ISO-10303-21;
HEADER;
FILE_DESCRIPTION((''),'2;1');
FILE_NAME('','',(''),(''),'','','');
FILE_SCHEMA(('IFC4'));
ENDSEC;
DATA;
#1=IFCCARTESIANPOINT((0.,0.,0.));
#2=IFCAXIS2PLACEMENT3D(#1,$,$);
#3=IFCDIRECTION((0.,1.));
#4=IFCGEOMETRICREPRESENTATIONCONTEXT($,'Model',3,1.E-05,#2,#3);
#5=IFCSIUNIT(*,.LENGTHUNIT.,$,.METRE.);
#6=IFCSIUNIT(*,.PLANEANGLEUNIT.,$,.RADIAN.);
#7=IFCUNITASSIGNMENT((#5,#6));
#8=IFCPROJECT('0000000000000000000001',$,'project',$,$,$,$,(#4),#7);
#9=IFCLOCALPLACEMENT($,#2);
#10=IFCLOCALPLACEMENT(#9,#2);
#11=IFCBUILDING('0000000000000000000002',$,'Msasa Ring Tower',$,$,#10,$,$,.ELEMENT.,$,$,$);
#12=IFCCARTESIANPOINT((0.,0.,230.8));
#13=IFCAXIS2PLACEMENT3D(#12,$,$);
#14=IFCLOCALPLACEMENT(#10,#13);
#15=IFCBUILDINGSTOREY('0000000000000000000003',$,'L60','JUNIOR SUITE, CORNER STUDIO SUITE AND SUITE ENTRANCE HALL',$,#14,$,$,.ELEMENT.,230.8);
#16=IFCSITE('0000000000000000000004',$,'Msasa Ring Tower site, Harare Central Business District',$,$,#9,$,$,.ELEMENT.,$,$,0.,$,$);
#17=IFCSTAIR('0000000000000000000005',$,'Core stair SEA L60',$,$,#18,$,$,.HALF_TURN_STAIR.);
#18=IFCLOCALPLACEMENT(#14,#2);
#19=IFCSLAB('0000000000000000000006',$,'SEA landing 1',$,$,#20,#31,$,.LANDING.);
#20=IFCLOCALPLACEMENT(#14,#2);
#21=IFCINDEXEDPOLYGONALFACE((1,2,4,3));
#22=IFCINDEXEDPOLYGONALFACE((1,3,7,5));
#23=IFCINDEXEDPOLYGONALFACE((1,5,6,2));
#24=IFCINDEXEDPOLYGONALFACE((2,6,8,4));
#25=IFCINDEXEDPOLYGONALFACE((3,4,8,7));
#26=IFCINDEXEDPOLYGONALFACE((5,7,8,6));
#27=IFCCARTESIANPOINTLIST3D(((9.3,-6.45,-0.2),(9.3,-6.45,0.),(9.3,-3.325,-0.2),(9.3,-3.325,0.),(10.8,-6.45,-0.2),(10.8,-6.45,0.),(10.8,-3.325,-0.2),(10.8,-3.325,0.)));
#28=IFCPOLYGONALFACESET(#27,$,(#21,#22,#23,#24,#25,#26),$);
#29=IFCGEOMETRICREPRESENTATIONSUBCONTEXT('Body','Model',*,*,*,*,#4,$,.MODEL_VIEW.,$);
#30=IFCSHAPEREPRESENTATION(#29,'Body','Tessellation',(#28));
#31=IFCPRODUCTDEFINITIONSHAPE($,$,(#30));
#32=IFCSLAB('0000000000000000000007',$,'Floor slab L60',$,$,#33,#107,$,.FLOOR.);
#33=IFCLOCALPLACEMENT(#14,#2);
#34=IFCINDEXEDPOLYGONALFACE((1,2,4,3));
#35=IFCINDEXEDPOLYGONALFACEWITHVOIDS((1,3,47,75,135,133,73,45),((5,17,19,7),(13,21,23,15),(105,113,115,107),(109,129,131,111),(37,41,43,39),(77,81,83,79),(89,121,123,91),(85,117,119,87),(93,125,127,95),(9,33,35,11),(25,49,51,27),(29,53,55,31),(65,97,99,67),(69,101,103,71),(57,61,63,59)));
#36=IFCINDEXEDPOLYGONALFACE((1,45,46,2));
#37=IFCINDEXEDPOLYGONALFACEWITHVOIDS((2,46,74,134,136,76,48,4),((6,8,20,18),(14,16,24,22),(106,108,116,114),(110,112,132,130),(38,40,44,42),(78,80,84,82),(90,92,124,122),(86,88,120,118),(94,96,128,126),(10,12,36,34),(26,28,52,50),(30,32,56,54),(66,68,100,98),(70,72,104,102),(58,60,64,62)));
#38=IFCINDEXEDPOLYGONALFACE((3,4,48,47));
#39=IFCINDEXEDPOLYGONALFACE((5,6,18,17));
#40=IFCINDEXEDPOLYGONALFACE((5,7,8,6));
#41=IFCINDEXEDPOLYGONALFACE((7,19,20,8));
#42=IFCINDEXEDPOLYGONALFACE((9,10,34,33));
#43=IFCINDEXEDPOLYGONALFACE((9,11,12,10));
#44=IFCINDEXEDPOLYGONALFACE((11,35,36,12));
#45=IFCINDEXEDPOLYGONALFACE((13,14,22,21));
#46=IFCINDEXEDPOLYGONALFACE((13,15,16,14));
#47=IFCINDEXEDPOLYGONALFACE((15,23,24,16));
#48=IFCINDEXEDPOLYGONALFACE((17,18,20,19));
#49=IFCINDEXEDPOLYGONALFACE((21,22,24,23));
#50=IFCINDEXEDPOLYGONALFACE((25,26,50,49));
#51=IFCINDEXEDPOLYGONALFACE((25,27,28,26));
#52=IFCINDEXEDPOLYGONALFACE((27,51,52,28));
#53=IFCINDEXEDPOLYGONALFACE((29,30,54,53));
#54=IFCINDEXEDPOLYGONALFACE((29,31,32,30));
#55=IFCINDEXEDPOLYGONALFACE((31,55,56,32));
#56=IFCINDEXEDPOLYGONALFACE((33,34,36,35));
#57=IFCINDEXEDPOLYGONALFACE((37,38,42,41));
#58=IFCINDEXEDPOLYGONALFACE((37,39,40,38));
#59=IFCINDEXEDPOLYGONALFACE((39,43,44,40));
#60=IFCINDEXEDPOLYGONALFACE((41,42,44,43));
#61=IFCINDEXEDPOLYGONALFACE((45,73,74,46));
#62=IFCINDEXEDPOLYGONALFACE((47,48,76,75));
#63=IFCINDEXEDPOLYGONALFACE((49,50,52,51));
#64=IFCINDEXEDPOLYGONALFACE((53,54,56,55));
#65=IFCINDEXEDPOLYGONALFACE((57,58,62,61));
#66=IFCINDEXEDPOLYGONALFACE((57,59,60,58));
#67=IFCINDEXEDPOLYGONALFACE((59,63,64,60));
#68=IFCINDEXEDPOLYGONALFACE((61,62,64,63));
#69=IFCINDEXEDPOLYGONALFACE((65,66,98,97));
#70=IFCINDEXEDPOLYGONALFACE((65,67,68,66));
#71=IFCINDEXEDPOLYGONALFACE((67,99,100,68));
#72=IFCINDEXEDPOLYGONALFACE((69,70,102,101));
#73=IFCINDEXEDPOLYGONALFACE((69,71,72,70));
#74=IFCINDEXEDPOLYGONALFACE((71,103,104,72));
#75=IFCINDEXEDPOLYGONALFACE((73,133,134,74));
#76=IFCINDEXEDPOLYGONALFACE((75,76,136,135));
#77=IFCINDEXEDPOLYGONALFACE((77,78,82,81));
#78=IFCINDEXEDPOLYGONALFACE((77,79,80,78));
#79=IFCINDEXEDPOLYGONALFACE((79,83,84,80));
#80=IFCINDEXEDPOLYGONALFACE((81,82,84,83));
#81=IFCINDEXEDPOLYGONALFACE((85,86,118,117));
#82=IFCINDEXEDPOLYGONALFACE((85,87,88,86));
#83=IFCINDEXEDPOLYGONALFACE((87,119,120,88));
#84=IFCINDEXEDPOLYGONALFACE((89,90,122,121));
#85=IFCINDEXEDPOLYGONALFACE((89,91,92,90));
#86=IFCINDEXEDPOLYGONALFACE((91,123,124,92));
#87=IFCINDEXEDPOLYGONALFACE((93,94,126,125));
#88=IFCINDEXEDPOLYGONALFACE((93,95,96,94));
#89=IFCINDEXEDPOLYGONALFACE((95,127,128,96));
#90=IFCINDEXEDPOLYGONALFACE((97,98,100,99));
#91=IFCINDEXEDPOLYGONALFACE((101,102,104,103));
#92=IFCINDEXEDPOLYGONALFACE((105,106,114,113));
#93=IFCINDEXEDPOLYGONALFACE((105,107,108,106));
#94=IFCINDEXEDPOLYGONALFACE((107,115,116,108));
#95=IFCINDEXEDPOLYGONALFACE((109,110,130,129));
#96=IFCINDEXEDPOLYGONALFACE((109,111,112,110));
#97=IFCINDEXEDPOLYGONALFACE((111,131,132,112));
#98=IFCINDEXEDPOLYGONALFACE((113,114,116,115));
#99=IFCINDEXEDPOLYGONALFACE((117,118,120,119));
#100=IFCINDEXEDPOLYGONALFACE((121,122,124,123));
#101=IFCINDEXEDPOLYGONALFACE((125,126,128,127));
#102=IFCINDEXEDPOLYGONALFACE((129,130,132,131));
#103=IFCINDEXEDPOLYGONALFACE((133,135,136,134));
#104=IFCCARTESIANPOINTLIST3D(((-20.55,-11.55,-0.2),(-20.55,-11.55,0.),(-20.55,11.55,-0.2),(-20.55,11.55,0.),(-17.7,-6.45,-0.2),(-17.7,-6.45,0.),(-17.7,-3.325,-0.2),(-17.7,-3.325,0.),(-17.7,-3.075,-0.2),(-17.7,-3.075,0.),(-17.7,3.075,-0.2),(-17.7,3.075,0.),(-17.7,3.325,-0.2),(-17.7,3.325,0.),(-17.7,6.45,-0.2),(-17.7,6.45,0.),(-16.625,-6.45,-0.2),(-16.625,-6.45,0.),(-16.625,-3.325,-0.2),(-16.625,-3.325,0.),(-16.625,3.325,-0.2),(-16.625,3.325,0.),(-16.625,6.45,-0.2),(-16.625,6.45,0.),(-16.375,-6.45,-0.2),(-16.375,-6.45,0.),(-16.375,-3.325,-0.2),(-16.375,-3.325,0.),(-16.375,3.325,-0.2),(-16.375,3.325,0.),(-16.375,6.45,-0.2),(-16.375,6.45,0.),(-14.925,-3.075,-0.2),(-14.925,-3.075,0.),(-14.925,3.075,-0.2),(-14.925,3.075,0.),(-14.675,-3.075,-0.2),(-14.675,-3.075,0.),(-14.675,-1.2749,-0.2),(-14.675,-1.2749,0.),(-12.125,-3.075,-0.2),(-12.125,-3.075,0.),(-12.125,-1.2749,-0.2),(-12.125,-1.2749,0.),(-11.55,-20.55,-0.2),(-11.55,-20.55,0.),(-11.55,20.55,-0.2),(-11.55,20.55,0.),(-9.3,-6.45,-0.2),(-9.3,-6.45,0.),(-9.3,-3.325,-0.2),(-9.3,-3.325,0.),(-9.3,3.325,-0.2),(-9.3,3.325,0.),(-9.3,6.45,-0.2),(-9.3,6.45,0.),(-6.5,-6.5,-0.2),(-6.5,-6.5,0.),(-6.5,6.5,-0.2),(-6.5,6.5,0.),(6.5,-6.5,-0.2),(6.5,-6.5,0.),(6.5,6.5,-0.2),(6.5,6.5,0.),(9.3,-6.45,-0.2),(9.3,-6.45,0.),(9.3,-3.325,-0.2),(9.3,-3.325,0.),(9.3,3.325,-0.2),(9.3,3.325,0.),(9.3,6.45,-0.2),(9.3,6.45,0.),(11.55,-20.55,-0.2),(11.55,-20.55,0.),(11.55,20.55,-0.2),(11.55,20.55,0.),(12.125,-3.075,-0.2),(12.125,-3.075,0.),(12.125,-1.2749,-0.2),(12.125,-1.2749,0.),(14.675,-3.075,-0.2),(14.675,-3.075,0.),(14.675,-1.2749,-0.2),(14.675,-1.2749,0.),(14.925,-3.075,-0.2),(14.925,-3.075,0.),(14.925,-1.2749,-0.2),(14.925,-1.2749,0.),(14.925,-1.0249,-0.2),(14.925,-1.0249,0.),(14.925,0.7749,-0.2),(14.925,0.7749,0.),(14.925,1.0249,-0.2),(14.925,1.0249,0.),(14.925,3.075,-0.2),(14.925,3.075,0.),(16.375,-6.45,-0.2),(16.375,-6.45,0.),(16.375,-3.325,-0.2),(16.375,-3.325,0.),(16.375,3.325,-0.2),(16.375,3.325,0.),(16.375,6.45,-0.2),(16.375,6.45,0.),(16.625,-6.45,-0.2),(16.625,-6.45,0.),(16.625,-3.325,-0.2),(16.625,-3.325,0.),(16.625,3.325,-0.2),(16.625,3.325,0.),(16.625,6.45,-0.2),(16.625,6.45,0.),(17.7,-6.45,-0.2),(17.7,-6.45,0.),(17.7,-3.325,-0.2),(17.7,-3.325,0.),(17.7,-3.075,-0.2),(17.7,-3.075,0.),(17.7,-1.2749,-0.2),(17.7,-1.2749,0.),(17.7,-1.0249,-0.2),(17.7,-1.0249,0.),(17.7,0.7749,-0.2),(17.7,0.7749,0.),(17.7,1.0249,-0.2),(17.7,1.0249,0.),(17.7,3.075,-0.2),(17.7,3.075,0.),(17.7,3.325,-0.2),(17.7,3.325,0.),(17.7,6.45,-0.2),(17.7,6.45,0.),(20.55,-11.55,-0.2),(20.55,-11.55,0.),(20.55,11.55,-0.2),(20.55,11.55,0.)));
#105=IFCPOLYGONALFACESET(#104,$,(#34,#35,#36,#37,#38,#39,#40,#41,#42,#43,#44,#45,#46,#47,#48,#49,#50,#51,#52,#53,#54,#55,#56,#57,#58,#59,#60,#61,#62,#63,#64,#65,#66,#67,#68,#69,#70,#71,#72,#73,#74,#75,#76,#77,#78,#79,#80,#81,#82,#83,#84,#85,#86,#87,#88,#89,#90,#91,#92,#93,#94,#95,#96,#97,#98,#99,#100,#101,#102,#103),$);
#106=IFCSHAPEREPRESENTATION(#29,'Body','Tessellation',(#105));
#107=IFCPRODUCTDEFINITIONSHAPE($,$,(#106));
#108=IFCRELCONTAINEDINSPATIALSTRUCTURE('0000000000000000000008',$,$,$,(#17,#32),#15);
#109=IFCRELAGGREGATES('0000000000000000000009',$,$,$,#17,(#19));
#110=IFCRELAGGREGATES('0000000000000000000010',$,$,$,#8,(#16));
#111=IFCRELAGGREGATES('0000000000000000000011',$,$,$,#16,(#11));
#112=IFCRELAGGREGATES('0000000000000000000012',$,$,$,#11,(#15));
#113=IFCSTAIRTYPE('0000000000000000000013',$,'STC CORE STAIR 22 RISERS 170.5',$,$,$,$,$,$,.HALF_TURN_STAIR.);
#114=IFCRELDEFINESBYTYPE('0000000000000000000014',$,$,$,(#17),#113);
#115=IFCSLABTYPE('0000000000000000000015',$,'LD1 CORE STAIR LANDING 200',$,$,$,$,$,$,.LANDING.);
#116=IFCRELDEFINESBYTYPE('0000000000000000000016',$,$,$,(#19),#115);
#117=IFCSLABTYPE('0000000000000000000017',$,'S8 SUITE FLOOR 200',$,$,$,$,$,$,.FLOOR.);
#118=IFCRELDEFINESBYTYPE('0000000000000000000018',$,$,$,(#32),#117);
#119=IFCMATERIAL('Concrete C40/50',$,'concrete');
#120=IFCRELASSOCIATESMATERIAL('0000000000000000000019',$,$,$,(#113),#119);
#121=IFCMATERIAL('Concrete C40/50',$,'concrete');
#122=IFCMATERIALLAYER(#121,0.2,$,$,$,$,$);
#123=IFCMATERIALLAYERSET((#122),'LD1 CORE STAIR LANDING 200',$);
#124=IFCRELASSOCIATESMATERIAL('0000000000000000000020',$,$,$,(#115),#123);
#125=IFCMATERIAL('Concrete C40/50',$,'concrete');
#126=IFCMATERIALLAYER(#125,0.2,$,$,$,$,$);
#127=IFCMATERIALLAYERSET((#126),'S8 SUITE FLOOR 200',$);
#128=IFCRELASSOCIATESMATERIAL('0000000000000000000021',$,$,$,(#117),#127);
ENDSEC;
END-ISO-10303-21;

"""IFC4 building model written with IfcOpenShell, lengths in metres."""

from ifc_helpers import new_model, si_unit, direction, frame, origin, place, context, subcontext, project, spatial, polyline, outline, extrude, material, layer, layer_set, type_object, element, aggregate, save


model = new_model("IFC4")

# Units and contexts
model_context = context("Model", 3, precision=1e-05, world=origin(), true_north=direction((0.0, 1.0)))
body_context = subcontext(model_context, "Body", "Model", "MODEL_VIEW")
ifc_project = project(units=[si_unit("LENGTHUNIT", "METRE"), si_unit("PLANEANGLEUNIT", "RADIAN")], contexts=[model_context])

# Site, building, storey
site_placement = place(None, origin())
site = spatial("IfcSite", under=ifc_project, at=site_placement, Name="Msasa Ring Tower site, Harare Central Business District", CompositionType="ELEMENT", RefElevation=0.0)
building_placement = place(site_placement, origin())
building = spatial("IfcBuilding", under=site, at=building_placement, Name="Msasa Ring Tower", CompositionType="ELEMENT")
storey_placement = place(building_placement, frame((0.0, 0.0, 230.8)))
storey = spatial("IfcBuildingStorey", under=building, at=storey_placement, Name="L60", Description="JUNIOR SUITE, CORNER STUDIO SUITE AND SUITE ENTRANCE HALL", CompositionType="ELEMENT", Elevation=230.8)

# Stair, slab
ifc_material_1 = material(Name="Concrete C40/50", Category="concrete")
stair_type = type_object("IfcStairType", Name="STC CORE STAIR 22 RISERS 170.5", PredefinedType="HALF_TURN_STAIR", material=ifc_material_1)
stair_placement = place(storey_placement, origin())
stair = element("IfcStair", 1, at=stair_placement, inside=storey, type_object=stair_type, Name="Core stair SEA L60", PredefinedType="HALF_TURN_STAIR")
ifc_material_2 = material(Name="Concrete C40/50", Category="concrete")
ifc_layer_1 = layer(ifc_material_2, 0.2)
ifc_layer_set_1 = layer_set([ifc_layer_1], Name="LD1 CORE STAIR LANDING 200")
slab_type_1 = type_object("IfcSlabType", Name="LD1 CORE STAIR LANDING 200", PredefinedType="LANDING", material=ifc_layer_set_1)
slab_1_placement = place(storey_placement, frame((0.0, 0.0, -0.2)))
slab_1 = element("IfcSlab", 2, at=slab_1_placement, type_object=slab_type_1, Name="SEA landing 1", PredefinedType="LANDING", context=body_context, shape_type="SweptSolid", body=[
    extrude(outline(polyline([(9.3, -6.45), (10.8, -6.45), (10.8, -3.325), (9.3, -3.325), (9.3, -6.45)])), origin(), (0.0, 0.0, 1.0), 0.2),
])
aggregate(stair, [slab_1])

# Slab
ifc_material_3 = material(Name="Concrete C40/50", Category="concrete")
ifc_layer_2 = layer(ifc_material_3, 0.2)
ifc_layer_set_2 = layer_set([ifc_layer_2], Name="S8 SUITE FLOOR 200")
slab_type_2 = type_object("IfcSlabType", Name="S8 SUITE FLOOR 200", PredefinedType="FLOOR", material=ifc_layer_set_2)
slab_2_placement = place(storey_placement, frame((0.0, 0.0, -0.2)))
element("IfcSlab", 3, at=slab_2_placement, inside=storey, type_object=slab_type_2, Name="Floor slab L60", PredefinedType="FLOOR", context=body_context, shape_type="SweptSolid", body=[
    extrude(outline(polyline([(-11.55, -20.55), (11.55, -20.55), (20.55, -11.55), (20.55, 11.55), (11.55, 20.55), (-11.55, 20.55), (-20.55, 11.55), (-20.55, -11.55), (-11.55, -20.55)]), holes=[polyline([(-6.5, -6.5), (6.5, -6.5), (6.5, 6.5), (-6.5, 6.5), (-6.5, -6.5)]), polyline([(9.3, -6.45), (16.375, -6.45), (16.375, -3.325), (9.3, -3.325), (9.3, -6.45)]), polyline([(9.3, 3.325), (16.375, 3.325), (16.375, 6.45), (9.3, 6.45), (9.3, 3.325)]), polyline([(12.125, -3.075), (14.675, -3.075), (14.675, -1.2749), (12.125, -1.2749), (12.125, -3.075)]), polyline([(16.625, -6.45), (17.7, -6.45), (17.7, -3.325), (16.625, -3.325), (16.625, -6.45)]), polyline([(16.625, 3.325), (17.7, 3.325), (17.7, 6.45), (16.625, 6.45), (16.625, 3.325)]), polyline([(14.925, -3.075), (17.7, -3.075), (17.7, -1.2749), (14.925, -1.2749), (14.925, -3.075)]), polyline([(14.925, -1.0249), (17.7, -1.0249), (17.7, 0.7749), (14.925, 0.7749), (14.925, -1.0249)]), polyline([(14.925, 1.0249), (17.7, 1.0249), (17.7, 3.075), (14.925, 3.075), (14.925, 1.0249)]), polyline([(-16.375, -6.45), (-9.3, -6.45), (-9.3, -3.325), (-16.375, -3.325), (-16.375, -6.45)]), polyline([(-16.375, 3.325), (-9.3, 3.325), (-9.3, 6.45), (-16.375, 6.45), (-16.375, 3.325)]), polyline([(-14.675, -3.075), (-12.125, -3.075), (-12.125, -1.2749), (-14.675, -1.2749), (-14.675, -3.075)]), polyline([(-17.7, -6.45), (-16.625, -6.45), (-16.625, -3.325), (-17.7, -3.325), (-17.7, -6.45)]), polyline([(-17.7, 3.325), (-16.625, 3.325), (-16.625, 6.45), (-17.7, 6.45), (-17.7, 3.325)]), polyline([(-17.7, -3.075), (-14.925, -3.075), (-14.925, 3.075), (-17.7, 3.075), (-17.7, -3.075)])]), origin(), (0.0, 0.0, 1.0), 0.2),
])

save(model, "model.ifc")
